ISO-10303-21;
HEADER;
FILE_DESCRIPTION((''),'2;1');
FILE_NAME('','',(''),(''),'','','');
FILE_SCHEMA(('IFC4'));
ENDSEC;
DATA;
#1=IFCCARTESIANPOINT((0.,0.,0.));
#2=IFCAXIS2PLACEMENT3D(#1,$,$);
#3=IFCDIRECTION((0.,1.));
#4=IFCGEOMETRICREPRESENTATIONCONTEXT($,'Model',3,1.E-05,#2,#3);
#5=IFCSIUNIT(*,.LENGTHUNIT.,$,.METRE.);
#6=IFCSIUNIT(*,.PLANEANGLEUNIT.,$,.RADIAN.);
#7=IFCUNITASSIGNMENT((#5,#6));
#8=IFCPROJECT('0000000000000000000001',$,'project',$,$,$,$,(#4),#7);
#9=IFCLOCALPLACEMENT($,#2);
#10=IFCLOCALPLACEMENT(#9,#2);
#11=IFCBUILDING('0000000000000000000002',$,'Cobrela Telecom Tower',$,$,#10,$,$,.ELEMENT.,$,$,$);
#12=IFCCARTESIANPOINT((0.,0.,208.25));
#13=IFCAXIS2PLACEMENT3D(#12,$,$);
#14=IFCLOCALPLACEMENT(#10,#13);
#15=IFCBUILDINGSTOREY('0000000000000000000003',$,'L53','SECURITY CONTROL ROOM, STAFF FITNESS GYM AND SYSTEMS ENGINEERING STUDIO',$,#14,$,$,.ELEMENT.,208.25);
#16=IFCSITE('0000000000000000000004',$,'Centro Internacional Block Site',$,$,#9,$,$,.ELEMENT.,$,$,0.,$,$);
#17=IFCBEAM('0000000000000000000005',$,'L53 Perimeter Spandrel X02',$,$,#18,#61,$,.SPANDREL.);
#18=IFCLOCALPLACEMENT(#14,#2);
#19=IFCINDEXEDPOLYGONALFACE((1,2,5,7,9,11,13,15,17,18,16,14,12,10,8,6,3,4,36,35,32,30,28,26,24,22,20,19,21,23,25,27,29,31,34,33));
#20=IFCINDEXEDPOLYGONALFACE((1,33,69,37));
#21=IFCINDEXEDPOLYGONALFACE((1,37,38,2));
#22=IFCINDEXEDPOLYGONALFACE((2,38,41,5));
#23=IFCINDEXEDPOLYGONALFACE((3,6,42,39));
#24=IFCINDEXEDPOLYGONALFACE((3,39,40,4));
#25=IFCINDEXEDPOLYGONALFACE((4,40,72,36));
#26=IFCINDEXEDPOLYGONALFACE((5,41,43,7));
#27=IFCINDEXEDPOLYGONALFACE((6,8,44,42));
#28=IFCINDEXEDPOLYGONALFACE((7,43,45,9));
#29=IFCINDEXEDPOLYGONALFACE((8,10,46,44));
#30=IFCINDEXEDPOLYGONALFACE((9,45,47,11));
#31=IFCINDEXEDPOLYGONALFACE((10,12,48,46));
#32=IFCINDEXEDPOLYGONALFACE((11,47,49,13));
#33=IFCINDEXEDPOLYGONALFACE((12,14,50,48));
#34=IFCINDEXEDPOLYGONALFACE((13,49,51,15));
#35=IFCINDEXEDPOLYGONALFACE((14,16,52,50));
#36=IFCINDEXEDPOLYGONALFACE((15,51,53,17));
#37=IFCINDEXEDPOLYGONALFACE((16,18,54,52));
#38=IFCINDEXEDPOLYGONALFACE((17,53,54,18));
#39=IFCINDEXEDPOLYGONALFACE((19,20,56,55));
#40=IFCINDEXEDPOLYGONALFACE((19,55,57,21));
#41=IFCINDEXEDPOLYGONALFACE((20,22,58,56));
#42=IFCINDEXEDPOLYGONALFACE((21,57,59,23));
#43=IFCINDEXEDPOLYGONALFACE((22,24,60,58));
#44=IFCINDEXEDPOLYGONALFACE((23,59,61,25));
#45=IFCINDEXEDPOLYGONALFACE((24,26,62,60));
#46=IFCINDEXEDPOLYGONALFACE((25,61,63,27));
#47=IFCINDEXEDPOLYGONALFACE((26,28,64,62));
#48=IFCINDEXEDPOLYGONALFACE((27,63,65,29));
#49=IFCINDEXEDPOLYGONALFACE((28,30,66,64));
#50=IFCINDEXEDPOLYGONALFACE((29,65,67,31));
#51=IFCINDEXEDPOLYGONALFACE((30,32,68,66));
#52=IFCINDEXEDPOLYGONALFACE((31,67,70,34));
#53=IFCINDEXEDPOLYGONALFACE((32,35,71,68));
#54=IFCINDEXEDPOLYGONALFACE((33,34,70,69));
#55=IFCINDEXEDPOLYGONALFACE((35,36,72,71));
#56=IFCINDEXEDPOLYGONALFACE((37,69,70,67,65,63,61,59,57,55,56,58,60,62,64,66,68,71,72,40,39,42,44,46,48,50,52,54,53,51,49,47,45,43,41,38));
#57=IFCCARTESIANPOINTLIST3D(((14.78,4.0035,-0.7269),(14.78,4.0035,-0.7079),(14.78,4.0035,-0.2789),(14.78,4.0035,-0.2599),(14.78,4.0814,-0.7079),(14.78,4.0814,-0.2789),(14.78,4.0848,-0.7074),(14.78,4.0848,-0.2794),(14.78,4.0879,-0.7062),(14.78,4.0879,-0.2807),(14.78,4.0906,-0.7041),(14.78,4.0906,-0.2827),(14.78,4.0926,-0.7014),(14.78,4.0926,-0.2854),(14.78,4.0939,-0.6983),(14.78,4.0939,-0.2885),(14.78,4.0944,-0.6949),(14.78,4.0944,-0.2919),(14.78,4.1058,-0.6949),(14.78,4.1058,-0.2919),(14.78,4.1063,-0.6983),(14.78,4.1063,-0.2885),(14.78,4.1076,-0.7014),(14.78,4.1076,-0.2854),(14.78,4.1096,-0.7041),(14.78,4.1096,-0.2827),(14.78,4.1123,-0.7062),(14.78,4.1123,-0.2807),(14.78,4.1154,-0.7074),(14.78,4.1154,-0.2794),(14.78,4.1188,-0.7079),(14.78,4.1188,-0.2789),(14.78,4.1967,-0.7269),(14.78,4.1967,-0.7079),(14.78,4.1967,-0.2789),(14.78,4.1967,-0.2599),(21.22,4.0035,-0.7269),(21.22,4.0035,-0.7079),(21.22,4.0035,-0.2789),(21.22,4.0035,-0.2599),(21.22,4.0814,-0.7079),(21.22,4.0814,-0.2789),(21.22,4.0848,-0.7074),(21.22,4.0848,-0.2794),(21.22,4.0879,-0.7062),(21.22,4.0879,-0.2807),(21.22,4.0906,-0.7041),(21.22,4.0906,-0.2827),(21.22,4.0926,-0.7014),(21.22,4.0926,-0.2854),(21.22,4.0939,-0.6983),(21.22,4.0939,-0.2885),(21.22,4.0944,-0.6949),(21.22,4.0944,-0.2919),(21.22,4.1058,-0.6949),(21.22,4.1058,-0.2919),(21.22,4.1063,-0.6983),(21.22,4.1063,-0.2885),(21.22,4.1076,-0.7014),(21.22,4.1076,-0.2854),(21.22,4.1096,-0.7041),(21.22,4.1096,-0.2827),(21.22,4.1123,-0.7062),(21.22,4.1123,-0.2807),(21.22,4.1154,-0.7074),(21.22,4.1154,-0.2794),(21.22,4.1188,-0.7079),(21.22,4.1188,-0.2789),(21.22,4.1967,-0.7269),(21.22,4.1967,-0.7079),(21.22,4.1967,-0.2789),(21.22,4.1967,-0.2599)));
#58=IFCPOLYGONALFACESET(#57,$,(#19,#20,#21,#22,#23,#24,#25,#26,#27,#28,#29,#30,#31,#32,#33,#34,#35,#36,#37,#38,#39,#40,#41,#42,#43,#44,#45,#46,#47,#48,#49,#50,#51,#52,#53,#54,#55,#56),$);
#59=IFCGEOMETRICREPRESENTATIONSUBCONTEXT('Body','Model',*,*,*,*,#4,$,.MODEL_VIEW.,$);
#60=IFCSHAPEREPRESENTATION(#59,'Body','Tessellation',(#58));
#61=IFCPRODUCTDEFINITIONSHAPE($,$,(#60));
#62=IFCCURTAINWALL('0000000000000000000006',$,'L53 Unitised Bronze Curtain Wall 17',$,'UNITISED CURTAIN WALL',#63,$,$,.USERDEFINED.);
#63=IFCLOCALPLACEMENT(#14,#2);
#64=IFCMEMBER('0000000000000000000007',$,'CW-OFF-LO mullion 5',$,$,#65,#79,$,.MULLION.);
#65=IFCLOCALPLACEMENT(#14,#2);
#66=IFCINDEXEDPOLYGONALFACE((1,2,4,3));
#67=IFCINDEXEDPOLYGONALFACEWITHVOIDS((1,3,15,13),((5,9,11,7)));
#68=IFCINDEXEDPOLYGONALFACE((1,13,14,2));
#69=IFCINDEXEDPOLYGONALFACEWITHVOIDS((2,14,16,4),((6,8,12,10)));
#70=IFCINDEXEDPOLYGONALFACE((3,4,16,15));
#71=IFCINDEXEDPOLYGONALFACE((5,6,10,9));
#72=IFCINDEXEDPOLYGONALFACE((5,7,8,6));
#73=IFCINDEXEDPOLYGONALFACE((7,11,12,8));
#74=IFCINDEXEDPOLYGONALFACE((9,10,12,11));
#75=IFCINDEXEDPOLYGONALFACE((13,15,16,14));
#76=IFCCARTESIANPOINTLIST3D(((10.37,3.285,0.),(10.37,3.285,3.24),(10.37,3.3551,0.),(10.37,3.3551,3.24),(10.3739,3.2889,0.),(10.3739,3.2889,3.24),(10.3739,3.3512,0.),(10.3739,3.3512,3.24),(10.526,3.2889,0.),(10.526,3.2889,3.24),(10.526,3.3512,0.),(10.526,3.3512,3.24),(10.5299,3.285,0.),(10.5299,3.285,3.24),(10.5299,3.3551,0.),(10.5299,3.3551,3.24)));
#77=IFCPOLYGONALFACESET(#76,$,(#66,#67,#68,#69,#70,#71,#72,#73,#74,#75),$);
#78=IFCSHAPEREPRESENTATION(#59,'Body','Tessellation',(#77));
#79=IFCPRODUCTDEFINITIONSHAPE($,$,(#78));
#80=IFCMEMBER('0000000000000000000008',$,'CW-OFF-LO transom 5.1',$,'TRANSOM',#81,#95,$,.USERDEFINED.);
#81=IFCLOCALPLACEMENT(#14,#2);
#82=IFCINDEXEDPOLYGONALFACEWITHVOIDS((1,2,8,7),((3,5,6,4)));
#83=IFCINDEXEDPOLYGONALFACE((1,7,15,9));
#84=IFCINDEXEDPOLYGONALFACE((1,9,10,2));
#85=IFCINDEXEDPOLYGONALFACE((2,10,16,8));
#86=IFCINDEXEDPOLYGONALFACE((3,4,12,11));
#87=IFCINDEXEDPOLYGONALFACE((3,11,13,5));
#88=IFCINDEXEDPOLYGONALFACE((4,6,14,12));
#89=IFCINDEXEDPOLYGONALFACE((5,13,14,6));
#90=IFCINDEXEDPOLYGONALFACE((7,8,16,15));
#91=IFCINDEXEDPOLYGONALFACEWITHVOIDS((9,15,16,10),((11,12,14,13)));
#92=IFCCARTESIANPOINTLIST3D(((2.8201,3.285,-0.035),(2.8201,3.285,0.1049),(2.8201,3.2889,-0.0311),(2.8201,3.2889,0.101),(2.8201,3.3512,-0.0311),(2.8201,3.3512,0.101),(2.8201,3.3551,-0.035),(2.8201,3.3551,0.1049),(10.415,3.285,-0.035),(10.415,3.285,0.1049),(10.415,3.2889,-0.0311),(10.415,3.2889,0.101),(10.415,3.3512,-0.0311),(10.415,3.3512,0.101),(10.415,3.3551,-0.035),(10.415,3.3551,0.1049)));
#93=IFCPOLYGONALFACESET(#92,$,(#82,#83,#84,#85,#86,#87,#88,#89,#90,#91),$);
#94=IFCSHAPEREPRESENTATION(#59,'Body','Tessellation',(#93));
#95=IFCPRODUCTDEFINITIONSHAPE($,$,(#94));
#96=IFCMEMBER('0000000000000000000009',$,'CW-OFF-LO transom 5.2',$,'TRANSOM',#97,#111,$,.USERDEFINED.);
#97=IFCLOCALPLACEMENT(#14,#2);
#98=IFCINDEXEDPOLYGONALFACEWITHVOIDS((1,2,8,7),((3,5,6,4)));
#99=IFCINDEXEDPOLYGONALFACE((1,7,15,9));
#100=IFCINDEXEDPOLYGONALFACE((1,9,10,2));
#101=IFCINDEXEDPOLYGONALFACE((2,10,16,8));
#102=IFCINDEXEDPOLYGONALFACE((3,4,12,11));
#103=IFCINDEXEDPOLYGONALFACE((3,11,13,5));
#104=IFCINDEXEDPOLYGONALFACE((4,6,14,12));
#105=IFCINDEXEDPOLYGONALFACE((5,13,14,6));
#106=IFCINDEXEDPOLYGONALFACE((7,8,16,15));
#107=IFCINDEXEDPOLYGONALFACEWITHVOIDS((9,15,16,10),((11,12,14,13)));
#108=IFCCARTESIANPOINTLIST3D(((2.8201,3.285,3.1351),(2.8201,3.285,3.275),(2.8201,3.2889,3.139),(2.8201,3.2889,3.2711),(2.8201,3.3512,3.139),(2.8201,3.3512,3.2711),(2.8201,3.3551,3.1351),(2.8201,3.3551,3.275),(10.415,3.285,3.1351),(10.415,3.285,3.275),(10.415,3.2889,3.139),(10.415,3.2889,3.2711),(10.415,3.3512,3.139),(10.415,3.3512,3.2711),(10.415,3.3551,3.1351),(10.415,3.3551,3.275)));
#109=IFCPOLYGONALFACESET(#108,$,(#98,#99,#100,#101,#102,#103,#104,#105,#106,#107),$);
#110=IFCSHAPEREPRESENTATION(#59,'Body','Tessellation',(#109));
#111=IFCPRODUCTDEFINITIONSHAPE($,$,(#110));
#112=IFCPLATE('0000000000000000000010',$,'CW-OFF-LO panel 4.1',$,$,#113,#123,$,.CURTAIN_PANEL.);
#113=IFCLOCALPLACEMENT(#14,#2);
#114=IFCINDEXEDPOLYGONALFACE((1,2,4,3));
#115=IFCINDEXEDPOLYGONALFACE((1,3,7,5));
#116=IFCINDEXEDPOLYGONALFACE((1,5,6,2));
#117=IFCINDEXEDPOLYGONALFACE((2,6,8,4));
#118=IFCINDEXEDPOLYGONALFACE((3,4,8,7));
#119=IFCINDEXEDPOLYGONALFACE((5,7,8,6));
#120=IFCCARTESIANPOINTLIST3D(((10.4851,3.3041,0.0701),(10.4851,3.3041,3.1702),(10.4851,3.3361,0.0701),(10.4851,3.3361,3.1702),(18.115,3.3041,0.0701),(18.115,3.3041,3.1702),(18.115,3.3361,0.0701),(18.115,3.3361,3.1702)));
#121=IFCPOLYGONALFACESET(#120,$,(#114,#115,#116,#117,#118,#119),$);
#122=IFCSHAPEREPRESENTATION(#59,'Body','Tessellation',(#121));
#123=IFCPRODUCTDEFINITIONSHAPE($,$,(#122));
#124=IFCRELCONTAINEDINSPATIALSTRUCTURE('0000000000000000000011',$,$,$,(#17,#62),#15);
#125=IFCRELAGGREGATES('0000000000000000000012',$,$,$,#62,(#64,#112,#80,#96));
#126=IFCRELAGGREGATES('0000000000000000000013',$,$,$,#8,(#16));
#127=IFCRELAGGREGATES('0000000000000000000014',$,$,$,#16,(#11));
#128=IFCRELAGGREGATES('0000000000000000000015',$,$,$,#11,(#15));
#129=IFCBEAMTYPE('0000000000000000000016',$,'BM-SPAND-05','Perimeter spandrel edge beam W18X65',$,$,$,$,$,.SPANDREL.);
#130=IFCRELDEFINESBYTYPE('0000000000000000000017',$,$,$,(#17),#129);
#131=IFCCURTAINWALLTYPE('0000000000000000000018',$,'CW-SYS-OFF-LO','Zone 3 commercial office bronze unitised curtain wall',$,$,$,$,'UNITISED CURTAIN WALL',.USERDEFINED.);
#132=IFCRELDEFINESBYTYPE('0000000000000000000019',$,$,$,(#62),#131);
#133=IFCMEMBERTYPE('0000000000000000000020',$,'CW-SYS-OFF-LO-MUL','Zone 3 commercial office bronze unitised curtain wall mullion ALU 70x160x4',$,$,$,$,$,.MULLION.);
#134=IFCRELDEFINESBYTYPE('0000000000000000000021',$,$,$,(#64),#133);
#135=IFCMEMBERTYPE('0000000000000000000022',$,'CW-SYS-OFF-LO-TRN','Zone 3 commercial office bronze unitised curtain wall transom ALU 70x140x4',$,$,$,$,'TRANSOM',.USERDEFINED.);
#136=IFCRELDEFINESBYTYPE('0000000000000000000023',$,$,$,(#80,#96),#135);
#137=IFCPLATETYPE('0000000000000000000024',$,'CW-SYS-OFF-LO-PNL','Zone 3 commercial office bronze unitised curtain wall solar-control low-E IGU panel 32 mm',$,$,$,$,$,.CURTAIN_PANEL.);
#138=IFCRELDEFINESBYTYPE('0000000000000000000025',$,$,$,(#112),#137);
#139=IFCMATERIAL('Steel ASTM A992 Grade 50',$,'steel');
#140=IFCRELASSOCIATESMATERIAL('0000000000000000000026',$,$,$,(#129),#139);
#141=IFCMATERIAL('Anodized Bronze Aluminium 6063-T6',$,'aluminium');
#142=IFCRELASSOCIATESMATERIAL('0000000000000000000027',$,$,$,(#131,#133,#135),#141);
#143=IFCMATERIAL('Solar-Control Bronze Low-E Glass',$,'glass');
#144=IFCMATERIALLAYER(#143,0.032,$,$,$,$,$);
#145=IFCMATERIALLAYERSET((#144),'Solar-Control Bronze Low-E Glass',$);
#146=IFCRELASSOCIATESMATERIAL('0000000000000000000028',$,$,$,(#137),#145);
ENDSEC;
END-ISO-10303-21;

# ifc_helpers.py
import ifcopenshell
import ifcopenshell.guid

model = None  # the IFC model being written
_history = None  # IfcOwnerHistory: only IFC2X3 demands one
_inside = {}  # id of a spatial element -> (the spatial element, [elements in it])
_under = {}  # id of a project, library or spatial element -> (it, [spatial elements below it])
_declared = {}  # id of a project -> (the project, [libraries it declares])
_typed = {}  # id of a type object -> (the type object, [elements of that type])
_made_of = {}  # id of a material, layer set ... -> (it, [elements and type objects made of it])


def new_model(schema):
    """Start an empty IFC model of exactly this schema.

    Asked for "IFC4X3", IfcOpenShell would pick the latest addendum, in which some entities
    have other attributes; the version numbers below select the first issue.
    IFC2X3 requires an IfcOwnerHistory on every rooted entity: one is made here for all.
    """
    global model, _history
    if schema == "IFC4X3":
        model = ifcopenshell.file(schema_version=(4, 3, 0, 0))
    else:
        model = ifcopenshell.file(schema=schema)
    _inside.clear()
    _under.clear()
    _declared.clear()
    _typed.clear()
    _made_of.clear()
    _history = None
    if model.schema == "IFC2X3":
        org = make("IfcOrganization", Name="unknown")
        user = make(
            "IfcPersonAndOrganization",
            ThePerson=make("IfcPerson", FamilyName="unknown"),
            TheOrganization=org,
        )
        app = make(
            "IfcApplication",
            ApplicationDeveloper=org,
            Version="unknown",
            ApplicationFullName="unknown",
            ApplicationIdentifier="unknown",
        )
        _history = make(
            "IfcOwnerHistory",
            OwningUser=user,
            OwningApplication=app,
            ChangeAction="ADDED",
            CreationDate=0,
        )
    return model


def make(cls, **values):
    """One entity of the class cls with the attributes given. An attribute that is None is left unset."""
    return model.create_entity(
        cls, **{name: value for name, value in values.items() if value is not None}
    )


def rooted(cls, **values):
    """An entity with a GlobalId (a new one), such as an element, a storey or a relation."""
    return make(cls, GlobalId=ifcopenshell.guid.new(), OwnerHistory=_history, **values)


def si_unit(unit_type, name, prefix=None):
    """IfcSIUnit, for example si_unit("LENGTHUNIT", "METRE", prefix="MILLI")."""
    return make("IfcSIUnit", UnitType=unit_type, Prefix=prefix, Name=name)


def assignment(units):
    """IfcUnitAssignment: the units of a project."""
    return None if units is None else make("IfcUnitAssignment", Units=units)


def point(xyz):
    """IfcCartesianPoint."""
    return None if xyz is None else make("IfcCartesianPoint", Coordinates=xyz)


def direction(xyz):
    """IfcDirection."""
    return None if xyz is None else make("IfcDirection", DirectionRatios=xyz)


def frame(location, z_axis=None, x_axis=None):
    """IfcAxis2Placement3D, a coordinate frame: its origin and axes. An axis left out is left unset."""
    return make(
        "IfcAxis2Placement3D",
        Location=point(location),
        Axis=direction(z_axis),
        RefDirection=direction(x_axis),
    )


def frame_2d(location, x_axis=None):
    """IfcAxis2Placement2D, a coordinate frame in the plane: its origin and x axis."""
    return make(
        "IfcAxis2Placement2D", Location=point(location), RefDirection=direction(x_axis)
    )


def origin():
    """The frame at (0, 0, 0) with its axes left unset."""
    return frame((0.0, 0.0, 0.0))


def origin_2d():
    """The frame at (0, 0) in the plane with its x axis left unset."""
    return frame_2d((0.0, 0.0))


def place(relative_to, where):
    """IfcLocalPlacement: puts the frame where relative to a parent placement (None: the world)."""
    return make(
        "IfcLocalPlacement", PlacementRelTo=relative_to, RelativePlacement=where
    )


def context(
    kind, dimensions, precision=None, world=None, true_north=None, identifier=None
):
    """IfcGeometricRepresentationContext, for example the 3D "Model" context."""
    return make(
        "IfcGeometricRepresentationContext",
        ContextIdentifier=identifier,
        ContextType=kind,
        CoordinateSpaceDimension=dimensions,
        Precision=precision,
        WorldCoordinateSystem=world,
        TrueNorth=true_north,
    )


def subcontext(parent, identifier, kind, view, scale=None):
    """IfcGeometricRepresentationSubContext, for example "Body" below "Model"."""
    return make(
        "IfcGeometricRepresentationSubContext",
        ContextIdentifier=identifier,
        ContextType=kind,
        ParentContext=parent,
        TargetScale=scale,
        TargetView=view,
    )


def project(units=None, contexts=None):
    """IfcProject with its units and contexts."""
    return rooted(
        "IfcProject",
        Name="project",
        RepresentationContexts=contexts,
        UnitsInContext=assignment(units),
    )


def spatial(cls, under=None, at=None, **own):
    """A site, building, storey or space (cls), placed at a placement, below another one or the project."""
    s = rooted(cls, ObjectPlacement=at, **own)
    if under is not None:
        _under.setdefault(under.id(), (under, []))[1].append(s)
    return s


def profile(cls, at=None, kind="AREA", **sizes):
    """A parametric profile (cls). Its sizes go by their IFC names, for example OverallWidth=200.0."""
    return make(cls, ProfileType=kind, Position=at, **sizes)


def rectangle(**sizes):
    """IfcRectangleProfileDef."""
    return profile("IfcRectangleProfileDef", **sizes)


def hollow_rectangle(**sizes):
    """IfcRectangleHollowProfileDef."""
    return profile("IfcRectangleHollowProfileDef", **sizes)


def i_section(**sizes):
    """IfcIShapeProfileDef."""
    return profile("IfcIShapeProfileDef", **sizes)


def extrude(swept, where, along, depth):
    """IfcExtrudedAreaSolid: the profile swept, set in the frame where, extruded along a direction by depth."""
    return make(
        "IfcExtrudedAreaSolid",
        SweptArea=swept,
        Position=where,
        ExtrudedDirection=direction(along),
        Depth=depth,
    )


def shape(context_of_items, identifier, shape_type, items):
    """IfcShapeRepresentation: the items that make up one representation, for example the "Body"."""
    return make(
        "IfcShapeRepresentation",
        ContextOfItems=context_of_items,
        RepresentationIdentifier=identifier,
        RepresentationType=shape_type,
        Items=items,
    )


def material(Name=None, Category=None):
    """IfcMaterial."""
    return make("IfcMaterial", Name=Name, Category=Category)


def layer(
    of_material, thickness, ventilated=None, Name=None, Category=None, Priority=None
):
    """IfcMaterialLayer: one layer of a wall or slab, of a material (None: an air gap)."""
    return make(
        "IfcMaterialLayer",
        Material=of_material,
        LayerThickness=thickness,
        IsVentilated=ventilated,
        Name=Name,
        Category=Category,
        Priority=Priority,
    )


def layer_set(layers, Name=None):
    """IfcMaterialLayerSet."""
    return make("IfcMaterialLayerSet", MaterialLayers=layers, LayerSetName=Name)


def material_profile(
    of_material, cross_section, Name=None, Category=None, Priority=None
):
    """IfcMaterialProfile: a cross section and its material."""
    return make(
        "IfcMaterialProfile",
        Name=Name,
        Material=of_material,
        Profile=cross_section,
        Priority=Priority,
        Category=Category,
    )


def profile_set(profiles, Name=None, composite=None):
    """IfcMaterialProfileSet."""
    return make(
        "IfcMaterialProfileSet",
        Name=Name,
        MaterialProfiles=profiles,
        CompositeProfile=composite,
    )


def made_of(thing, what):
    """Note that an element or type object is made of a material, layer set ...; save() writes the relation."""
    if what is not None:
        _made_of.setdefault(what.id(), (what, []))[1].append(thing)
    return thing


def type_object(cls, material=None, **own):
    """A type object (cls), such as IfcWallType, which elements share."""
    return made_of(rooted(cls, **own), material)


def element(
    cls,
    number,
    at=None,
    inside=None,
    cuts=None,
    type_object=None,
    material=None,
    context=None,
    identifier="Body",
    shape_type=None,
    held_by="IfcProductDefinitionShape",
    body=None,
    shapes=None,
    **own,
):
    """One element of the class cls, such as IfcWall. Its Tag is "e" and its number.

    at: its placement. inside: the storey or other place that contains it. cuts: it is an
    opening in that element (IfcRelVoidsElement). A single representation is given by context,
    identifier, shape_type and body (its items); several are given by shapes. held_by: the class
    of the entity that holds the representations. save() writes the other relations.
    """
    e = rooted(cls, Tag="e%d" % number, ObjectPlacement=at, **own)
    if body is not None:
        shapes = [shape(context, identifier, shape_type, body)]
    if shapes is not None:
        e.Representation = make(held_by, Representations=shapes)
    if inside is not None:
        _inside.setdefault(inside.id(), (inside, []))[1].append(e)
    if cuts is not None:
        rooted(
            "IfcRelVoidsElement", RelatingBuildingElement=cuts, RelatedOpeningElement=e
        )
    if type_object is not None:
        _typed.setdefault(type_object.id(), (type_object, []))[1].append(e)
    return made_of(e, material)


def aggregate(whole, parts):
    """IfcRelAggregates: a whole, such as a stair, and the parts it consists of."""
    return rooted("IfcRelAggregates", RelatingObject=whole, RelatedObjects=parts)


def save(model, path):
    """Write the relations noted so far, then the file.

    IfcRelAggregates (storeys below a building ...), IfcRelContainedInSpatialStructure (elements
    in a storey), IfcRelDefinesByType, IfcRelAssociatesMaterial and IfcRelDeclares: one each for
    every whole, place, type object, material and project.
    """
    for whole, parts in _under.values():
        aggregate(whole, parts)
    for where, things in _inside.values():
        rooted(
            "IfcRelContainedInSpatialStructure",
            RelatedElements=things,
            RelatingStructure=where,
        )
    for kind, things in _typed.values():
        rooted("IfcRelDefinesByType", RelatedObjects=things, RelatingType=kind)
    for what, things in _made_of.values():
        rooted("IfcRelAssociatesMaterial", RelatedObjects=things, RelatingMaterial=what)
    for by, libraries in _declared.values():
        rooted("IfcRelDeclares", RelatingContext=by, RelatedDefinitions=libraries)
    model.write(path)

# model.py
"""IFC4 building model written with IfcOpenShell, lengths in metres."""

from ifc_helpers import new_model, si_unit, direction, frame, origin, origin_2d, place, context, subcontext, project, spatial, rectangle, hollow_rectangle, i_section, extrude, material, layer, layer_set, material_profile, profile_set, type_object, element, aggregate, save


model = new_model("IFC4")

# Units and contexts
model_context = context("Model", 3, precision=1e-05, world=origin(), true_north=direction((0.0, 1.0)))
body_context = subcontext(model_context, "Body", "Model", "MODEL_VIEW")
ifc_project = project(units=[si_unit("LENGTHUNIT", "METRE"), si_unit("PLANEANGLEUNIT", "RADIAN")], contexts=[model_context])

# Site, building, storey
site_placement = place(None, origin())
site = spatial("IfcSite", under=ifc_project, at=site_placement, Name="Centro Internacional Block Site", CompositionType="ELEMENT", RefElevation=0.0)
building_placement = place(site_placement, origin())
building = spatial("IfcBuilding", under=site, at=building_placement, Name="Cobrela Telecom Tower", CompositionType="ELEMENT")
storey_placement = place(building_placement, frame((0.0, 0.0, 208.25)))
storey = spatial("IfcBuildingStorey", under=building, at=storey_placement, Name="L53", Description="SECURITY CONTROL ROOM, STAFF FITNESS GYM AND SYSTEMS ENGINEERING STUDIO", CompositionType="ELEMENT", Elevation=208.25)

# Beam
ifc_material_1 = material(Name="Steel ASTM A992 Grade 50", Category="steel")
ifc_material_profile_1 = material_profile(ifc_material_1, i_section(OverallWidth=0.1931, OverallDepth=0.467, WebThickness=0.0115, FlangeThickness=0.019, FilletRadius=0.0129, at=origin_2d()), Name="W18X65")
ifc_profile_set_1 = profile_set([ifc_material_profile_1], Name="Steel ASTM A992 Grade 50")
beam_type_1 = type_object("IfcBeamType", Name="BM-SPAND-05", Description="Perimeter spandrel edge beam W18X65", PredefinedType="SPANDREL", material=ifc_profile_set_1)
for number, where, z_axis, x_axis, name in (
    (1, (14.78, 4.1001, -0.4934), (1.0, 0.0, 0.0), (0.0, 1.0, 0.0), "L53 Perimeter Spandrel X02"),
):
    element("IfcBeam", number, at=place(storey_placement, frame(where, z_axis=z_axis, x_axis=x_axis)), inside=storey, type_object=beam_type_1, Name=name, PredefinedType="SPANDREL", context=body_context, shape_type="SweptSolid", body=[
        extrude(i_section(OverallWidth=0.1931, OverallDepth=0.467, WebThickness=0.0115, FlangeThickness=0.019, FilletRadius=0.0129, at=origin_2d()), origin(), (0.0, 0.0, 1.0), 6.4399),
    ])

# Curtain wall, members, plate
ifc_material_2 = material(Name="Anodized Bronze Aluminium 6063-T6", Category="aluminium")
curtain_wall_type = type_object("IfcCurtainWallType", Name="CW-SYS-OFF-LO", Description="Zone 3 commercial office bronze unitised curtain wall", ElementType="UNITISED CURTAIN WALL", PredefinedType="USERDEFINED", material=ifc_material_2)
curtain_wall_placement = place(storey_placement, origin())
curtain_wall = element("IfcCurtainWall", 2, at=curtain_wall_placement, inside=storey, type_object=curtain_wall_type, Name="L53 Unitised Bronze Curtain Wall 17", ObjectType="UNITISED CURTAIN WALL", PredefinedType="USERDEFINED")
ifc_material_profile_2 = material_profile(ifc_material_2, hollow_rectangle(XDim=0.0701, YDim=0.1599, WallThickness=0.0039, at=origin_2d()), Name="ALU 70x160x4")
ifc_profile_set_2 = profile_set([ifc_material_profile_2], Name="Anodized Bronze Aluminium 6063-T6")
member_type_1 = type_object("IfcMemberType", Name="CW-SYS-OFF-LO-MUL", Description="Zone 3 commercial office bronze unitised curtain wall mullion ALU 70x160x4", PredefinedType="MULLION", material=ifc_profile_set_2)
member_1_placement = place(storey_placement, frame((10.45, 3.3201, 0.0), z_axis=(0.0, 0.0, 1.0), x_axis=(0.0, -1.0, 0.0)))
member_1 = element("IfcMember", 3, at=member_1_placement, type_object=member_type_1, Name="CW-OFF-LO mullion 5", PredefinedType="MULLION", context=body_context, shape_type="SweptSolid", body=[
    extrude(hollow_rectangle(XDim=0.0701, YDim=0.1599, WallThickness=0.0039, at=origin_2d()), origin(), (0.0, 0.0, 1.0), 3.24),
])
ifc_material_profile_3 = material_profile(ifc_material_2, hollow_rectangle(XDim=0.0701, YDim=0.1399, WallThickness=0.0039, at=origin_2d()), Name="ALU 70x140x4")
ifc_profile_set_3 = profile_set([ifc_material_profile_3], Name="Anodized Bronze Aluminium 6063-T6")
member_type_2 = type_object("IfcMemberType", Name="CW-SYS-OFF-LO-TRN", Description="Zone 3 commercial office bronze unitised curtain wall transom ALU 70x140x4", ElementType="TRANSOM", PredefinedType="USERDEFINED", material=ifc_profile_set_3)
member_2_placement = place(storey_placement, frame((10.415, 3.3201, 0.0349), z_axis=(-1.0, 0.0, 0.0), x_axis=(0.0, -1.0, 0.0)))
member_2 = element("IfcMember", 4, at=member_2_placement, type_object=member_type_2, Name="CW-OFF-LO transom 5.1", ObjectType="TRANSOM", PredefinedType="USERDEFINED", context=body_context, shape_type="SweptSolid", body=[
    extrude(hollow_rectangle(XDim=0.0701, YDim=0.1399, WallThickness=0.0039, at=origin_2d()), origin(), (0.0, 0.0, 1.0), 7.595),
])
member_3_placement = place(storey_placement, frame((10.415, 3.3201, 3.2051), z_axis=(-1.0, 0.0, 0.0), x_axis=(0.0, -1.0, 0.0)))
member_3 = element("IfcMember", 5, at=member_3_placement, type_object=member_type_2, Name="CW-OFF-LO transom 5.2", ObjectType="TRANSOM", PredefinedType="USERDEFINED", context=body_context, shape_type="SweptSolid", body=[
    extrude(hollow_rectangle(XDim=0.0701, YDim=0.1399, WallThickness=0.0039, at=origin_2d()), origin(), (0.0, 0.0, 1.0), 7.595),
])
ifc_material_3 = material(Name="Solar-Control Bronze Low-E Glass", Category="glass")
ifc_layer_1 = layer(ifc_material_3, 0.032)
ifc_layer_set_1 = layer_set([ifc_layer_1], Name="Solar-Control Bronze Low-E Glass")
plate_type = type_object("IfcPlateType", Name="CW-SYS-OFF-LO-PNL", Description="Zone 3 commercial office bronze unitised curtain wall solar-control low-E IGU panel 32 mm", PredefinedType="CURTAIN_PANEL", material=ifc_layer_set_1)
plate_placement = place(storey_placement, frame((14.3, 3.3201, 0.0701), z_axis=(0.0, 0.0, 1.0), x_axis=(-1.0, 0.0, 0.0)))
plate = element("IfcPlate", 6, at=plate_placement, type_object=plate_type, Name="CW-OFF-LO panel 4.1", PredefinedType="CURTAIN_PANEL", context=body_context, shape_type="SweptSolid", body=[
    extrude(rectangle(XDim=7.6299, YDim=0.032, at=origin_2d()), origin(), (0.0, 0.0, 1.0), 3.1001),
])
aggregate(curtain_wall, [member_1, plate, member_2, member_3])

save(model, "model.ifc")
